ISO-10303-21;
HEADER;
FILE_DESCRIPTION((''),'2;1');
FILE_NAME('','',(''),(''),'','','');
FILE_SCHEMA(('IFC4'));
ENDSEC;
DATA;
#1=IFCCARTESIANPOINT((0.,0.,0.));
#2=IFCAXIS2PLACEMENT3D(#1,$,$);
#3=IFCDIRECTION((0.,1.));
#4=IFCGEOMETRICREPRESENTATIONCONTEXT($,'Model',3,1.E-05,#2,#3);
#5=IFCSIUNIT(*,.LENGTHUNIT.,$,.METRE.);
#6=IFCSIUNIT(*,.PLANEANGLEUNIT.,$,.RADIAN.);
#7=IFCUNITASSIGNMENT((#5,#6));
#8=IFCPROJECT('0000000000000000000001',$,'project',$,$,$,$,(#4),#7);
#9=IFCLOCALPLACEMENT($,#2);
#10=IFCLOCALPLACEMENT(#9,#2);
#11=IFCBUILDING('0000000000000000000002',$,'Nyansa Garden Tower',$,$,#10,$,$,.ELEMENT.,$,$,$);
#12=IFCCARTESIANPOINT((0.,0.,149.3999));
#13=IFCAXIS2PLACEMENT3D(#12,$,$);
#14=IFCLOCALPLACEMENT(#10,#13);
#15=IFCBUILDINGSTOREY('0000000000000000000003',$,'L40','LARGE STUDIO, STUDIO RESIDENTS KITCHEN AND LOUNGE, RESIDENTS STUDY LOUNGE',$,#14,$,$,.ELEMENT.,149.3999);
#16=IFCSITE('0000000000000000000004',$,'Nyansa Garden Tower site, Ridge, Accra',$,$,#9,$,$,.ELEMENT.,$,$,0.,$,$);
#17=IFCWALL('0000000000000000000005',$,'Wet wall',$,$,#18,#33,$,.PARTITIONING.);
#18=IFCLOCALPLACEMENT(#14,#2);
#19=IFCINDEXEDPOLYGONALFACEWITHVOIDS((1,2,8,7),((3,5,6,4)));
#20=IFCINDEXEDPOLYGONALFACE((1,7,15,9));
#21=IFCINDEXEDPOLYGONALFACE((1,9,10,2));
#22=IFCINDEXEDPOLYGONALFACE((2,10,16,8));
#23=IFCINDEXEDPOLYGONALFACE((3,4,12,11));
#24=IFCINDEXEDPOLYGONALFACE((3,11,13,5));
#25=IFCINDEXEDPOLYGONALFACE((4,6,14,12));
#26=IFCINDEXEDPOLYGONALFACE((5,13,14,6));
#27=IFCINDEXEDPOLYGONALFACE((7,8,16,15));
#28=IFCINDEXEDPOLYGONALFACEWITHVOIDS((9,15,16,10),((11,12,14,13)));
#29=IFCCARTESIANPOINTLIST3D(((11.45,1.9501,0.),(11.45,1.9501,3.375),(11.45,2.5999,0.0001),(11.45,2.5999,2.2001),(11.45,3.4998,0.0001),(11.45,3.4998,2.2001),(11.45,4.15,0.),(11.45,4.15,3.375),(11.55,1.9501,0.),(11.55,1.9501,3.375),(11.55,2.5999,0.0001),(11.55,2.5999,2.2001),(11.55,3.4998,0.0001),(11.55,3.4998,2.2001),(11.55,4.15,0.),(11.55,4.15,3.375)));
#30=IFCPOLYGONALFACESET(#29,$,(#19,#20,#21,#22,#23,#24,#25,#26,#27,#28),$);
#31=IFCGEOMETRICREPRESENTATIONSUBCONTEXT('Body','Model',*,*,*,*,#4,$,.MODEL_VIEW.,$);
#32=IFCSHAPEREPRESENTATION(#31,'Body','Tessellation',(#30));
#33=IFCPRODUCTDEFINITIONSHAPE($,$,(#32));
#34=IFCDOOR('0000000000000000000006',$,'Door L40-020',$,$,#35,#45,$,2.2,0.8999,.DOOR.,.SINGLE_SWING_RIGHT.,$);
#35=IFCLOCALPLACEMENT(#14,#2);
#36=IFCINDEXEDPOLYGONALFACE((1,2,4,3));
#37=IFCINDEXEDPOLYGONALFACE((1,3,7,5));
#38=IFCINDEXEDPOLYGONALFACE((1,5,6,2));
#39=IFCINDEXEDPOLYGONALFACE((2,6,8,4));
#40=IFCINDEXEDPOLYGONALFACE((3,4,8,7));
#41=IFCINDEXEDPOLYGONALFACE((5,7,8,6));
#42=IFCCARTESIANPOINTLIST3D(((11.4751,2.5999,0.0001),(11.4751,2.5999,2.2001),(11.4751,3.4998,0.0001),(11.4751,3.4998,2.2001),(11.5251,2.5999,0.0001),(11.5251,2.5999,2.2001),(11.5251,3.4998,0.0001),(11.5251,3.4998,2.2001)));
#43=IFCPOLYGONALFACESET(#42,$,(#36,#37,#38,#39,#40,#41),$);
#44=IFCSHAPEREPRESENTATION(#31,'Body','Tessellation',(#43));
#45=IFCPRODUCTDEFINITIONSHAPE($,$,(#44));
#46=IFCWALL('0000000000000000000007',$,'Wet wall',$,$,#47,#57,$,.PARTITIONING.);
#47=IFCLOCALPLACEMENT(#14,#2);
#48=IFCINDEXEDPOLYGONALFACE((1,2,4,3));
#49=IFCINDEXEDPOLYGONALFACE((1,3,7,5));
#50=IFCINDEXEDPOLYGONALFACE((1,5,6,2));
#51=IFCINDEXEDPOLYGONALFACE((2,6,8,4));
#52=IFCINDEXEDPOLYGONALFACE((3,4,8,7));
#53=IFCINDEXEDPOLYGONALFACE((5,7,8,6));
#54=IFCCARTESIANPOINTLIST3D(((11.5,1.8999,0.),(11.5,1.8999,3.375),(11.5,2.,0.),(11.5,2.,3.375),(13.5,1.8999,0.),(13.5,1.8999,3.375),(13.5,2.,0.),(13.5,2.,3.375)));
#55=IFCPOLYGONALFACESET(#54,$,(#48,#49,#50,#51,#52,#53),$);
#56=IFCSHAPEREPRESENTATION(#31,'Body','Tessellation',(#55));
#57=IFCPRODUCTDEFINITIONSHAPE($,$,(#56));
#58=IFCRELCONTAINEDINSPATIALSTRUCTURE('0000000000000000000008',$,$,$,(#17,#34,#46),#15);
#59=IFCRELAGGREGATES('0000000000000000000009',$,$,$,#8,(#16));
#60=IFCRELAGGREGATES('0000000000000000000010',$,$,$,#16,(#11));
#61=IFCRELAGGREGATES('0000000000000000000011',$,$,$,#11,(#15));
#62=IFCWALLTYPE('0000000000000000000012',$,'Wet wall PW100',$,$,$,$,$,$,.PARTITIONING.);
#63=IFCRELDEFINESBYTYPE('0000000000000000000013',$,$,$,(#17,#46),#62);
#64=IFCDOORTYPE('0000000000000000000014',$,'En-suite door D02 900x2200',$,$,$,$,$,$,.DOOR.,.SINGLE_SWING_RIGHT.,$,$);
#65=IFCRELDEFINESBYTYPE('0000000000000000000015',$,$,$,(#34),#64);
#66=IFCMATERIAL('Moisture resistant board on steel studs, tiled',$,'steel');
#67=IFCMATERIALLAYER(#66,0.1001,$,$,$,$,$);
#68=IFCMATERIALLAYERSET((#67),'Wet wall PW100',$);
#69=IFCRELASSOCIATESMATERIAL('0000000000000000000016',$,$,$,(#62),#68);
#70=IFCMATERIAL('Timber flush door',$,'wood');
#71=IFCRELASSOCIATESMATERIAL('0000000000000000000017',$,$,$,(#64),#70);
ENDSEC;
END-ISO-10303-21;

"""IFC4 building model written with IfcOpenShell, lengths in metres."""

from ifc_helpers import new_model, si_unit, direction, frame, frame_2d, origin, place, context, subcontext, project, spatial, rectangle, extrude, material, layer, layer_set, type_object, element, fill, save


model = new_model("IFC4")

# Units and contexts
model_context = context("Model", 3, precision=1e-05, world=origin(), true_north=direction((0.0, 1.0)))
body_context = subcontext(model_context, "Body", "Model", "MODEL_VIEW")
ifc_project = project(units=[si_unit("LENGTHUNIT", "METRE"), si_unit("PLANEANGLEUNIT", "RADIAN")], contexts=[model_context])

# Site, building, storey
site_placement = place(None, origin())
site = spatial("IfcSite", under=ifc_project, at=site_placement, Name="Nyansa Garden Tower site, Ridge, Accra", CompositionType="ELEMENT", RefElevation=0.0)
building_placement = place(site_placement, origin())
building = spatial("IfcBuilding", under=site, at=building_placement, Name="Nyansa Garden Tower", CompositionType="ELEMENT")
storey_placement = place(building_placement, frame((0.0, 0.0, 149.3999)))
storey = spatial("IfcBuildingStorey", under=building, at=storey_placement, Name="L40", Description="LARGE STUDIO, STUDIO RESIDENTS KITCHEN AND LOUNGE, RESIDENTS STUDY LOUNGE", CompositionType="ELEMENT", Elevation=149.3999)

# Wall, opening, door
ifc_material_1 = material(Name="Moisture resistant board on steel studs, tiled", Category="steel")
ifc_layer_1 = layer(ifc_material_1, 0.1001)
ifc_layer_set_1 = layer_set([ifc_layer_1], Name="Wet wall PW100")
wall_type_1 = type_object("IfcWallType", Name="Wet wall PW100", PredefinedType="PARTITIONING", material=ifc_layer_set_1)
wall_1_placement = place(storey_placement, frame((11.5, 1.95, 0.0), z_axis=(0.0, 0.0, 1.0), x_axis=(0.0, 1.0, 0.0)))
wall_1 = element("IfcWall", 1, at=wall_1_placement, inside=storey, type_object=wall_type_1, Name="Wet wall", PredefinedType="PARTITIONING", context=body_context, shape_type="SweptSolid", body=[
    extrude(rectangle(XDim=2.2, YDim=0.1001, at=frame_2d((1.1001, 0.0))), origin(), (0.0, 0.0, 1.0), 3.375),
])
opening_placement = place(wall_1_placement, frame((0.6499, 0.0, 0.0)))
opening = element("IfcOpeningElement", 2, at=opening_placement, cuts=wall_1, PredefinedType="OPENING", context=body_context, shape_type="SweptSolid", body=[
    extrude(rectangle(XDim=0.8999, YDim=2.2, at=frame_2d((0.45, 1.1001))), frame((0.0, 0.0601, 0.0), z_axis=(0.0, -1.0, 0.0), x_axis=(1.0, 0.0, 0.0)), (0.0, 0.0, 1.0), 0.1201),
])
ifc_material_2 = material(Name="Timber flush door", Category="wood")
door_type = type_object("IfcDoorType", Name="En-suite door D02 900x2200", OperationType="SINGLE_SWING_RIGHT", PredefinedType="DOOR", material=ifc_material_2)
door_placement = place(opening_placement, origin())
door = element("IfcDoor", 3, at=door_placement, inside=storey, type_object=door_type, Name="Door L40-020", OperationType="SINGLE_SWING_RIGHT", OverallHeight=2.2, OverallWidth=0.8999, PredefinedType="DOOR", context=body_context, shape_type="SweptSolid", body=[
    extrude(rectangle(XDim=0.8999, YDim=2.2, at=frame_2d((0.45, 1.1001))), frame((0.0, 0.0249, 0.0), z_axis=(0.0, -1.0, 0.0), x_axis=(1.0, 0.0, 0.0)), (0.0, 0.0, 1.0), 0.05),
])
fill(opening, door)

# Wall
wall_2_placement = place(storey_placement, frame((11.5, 1.95, 0.0), z_axis=(0.0, 0.0, 1.0), x_axis=(1.0, 0.0, 0.0)))
element("IfcWall", 4, at=wall_2_placement, inside=storey, type_object=wall_type_1, Name="Wet wall", PredefinedType="PARTITIONING", context=body_context, shape_type="SweptSolid", body=[
    extrude(rectangle(XDim=2.0, YDim=0.1001, at=frame_2d((1.0, 0.0))), origin(), (0.0, 0.0, 1.0), 3.375),
])

save(model, "model.ifc")
